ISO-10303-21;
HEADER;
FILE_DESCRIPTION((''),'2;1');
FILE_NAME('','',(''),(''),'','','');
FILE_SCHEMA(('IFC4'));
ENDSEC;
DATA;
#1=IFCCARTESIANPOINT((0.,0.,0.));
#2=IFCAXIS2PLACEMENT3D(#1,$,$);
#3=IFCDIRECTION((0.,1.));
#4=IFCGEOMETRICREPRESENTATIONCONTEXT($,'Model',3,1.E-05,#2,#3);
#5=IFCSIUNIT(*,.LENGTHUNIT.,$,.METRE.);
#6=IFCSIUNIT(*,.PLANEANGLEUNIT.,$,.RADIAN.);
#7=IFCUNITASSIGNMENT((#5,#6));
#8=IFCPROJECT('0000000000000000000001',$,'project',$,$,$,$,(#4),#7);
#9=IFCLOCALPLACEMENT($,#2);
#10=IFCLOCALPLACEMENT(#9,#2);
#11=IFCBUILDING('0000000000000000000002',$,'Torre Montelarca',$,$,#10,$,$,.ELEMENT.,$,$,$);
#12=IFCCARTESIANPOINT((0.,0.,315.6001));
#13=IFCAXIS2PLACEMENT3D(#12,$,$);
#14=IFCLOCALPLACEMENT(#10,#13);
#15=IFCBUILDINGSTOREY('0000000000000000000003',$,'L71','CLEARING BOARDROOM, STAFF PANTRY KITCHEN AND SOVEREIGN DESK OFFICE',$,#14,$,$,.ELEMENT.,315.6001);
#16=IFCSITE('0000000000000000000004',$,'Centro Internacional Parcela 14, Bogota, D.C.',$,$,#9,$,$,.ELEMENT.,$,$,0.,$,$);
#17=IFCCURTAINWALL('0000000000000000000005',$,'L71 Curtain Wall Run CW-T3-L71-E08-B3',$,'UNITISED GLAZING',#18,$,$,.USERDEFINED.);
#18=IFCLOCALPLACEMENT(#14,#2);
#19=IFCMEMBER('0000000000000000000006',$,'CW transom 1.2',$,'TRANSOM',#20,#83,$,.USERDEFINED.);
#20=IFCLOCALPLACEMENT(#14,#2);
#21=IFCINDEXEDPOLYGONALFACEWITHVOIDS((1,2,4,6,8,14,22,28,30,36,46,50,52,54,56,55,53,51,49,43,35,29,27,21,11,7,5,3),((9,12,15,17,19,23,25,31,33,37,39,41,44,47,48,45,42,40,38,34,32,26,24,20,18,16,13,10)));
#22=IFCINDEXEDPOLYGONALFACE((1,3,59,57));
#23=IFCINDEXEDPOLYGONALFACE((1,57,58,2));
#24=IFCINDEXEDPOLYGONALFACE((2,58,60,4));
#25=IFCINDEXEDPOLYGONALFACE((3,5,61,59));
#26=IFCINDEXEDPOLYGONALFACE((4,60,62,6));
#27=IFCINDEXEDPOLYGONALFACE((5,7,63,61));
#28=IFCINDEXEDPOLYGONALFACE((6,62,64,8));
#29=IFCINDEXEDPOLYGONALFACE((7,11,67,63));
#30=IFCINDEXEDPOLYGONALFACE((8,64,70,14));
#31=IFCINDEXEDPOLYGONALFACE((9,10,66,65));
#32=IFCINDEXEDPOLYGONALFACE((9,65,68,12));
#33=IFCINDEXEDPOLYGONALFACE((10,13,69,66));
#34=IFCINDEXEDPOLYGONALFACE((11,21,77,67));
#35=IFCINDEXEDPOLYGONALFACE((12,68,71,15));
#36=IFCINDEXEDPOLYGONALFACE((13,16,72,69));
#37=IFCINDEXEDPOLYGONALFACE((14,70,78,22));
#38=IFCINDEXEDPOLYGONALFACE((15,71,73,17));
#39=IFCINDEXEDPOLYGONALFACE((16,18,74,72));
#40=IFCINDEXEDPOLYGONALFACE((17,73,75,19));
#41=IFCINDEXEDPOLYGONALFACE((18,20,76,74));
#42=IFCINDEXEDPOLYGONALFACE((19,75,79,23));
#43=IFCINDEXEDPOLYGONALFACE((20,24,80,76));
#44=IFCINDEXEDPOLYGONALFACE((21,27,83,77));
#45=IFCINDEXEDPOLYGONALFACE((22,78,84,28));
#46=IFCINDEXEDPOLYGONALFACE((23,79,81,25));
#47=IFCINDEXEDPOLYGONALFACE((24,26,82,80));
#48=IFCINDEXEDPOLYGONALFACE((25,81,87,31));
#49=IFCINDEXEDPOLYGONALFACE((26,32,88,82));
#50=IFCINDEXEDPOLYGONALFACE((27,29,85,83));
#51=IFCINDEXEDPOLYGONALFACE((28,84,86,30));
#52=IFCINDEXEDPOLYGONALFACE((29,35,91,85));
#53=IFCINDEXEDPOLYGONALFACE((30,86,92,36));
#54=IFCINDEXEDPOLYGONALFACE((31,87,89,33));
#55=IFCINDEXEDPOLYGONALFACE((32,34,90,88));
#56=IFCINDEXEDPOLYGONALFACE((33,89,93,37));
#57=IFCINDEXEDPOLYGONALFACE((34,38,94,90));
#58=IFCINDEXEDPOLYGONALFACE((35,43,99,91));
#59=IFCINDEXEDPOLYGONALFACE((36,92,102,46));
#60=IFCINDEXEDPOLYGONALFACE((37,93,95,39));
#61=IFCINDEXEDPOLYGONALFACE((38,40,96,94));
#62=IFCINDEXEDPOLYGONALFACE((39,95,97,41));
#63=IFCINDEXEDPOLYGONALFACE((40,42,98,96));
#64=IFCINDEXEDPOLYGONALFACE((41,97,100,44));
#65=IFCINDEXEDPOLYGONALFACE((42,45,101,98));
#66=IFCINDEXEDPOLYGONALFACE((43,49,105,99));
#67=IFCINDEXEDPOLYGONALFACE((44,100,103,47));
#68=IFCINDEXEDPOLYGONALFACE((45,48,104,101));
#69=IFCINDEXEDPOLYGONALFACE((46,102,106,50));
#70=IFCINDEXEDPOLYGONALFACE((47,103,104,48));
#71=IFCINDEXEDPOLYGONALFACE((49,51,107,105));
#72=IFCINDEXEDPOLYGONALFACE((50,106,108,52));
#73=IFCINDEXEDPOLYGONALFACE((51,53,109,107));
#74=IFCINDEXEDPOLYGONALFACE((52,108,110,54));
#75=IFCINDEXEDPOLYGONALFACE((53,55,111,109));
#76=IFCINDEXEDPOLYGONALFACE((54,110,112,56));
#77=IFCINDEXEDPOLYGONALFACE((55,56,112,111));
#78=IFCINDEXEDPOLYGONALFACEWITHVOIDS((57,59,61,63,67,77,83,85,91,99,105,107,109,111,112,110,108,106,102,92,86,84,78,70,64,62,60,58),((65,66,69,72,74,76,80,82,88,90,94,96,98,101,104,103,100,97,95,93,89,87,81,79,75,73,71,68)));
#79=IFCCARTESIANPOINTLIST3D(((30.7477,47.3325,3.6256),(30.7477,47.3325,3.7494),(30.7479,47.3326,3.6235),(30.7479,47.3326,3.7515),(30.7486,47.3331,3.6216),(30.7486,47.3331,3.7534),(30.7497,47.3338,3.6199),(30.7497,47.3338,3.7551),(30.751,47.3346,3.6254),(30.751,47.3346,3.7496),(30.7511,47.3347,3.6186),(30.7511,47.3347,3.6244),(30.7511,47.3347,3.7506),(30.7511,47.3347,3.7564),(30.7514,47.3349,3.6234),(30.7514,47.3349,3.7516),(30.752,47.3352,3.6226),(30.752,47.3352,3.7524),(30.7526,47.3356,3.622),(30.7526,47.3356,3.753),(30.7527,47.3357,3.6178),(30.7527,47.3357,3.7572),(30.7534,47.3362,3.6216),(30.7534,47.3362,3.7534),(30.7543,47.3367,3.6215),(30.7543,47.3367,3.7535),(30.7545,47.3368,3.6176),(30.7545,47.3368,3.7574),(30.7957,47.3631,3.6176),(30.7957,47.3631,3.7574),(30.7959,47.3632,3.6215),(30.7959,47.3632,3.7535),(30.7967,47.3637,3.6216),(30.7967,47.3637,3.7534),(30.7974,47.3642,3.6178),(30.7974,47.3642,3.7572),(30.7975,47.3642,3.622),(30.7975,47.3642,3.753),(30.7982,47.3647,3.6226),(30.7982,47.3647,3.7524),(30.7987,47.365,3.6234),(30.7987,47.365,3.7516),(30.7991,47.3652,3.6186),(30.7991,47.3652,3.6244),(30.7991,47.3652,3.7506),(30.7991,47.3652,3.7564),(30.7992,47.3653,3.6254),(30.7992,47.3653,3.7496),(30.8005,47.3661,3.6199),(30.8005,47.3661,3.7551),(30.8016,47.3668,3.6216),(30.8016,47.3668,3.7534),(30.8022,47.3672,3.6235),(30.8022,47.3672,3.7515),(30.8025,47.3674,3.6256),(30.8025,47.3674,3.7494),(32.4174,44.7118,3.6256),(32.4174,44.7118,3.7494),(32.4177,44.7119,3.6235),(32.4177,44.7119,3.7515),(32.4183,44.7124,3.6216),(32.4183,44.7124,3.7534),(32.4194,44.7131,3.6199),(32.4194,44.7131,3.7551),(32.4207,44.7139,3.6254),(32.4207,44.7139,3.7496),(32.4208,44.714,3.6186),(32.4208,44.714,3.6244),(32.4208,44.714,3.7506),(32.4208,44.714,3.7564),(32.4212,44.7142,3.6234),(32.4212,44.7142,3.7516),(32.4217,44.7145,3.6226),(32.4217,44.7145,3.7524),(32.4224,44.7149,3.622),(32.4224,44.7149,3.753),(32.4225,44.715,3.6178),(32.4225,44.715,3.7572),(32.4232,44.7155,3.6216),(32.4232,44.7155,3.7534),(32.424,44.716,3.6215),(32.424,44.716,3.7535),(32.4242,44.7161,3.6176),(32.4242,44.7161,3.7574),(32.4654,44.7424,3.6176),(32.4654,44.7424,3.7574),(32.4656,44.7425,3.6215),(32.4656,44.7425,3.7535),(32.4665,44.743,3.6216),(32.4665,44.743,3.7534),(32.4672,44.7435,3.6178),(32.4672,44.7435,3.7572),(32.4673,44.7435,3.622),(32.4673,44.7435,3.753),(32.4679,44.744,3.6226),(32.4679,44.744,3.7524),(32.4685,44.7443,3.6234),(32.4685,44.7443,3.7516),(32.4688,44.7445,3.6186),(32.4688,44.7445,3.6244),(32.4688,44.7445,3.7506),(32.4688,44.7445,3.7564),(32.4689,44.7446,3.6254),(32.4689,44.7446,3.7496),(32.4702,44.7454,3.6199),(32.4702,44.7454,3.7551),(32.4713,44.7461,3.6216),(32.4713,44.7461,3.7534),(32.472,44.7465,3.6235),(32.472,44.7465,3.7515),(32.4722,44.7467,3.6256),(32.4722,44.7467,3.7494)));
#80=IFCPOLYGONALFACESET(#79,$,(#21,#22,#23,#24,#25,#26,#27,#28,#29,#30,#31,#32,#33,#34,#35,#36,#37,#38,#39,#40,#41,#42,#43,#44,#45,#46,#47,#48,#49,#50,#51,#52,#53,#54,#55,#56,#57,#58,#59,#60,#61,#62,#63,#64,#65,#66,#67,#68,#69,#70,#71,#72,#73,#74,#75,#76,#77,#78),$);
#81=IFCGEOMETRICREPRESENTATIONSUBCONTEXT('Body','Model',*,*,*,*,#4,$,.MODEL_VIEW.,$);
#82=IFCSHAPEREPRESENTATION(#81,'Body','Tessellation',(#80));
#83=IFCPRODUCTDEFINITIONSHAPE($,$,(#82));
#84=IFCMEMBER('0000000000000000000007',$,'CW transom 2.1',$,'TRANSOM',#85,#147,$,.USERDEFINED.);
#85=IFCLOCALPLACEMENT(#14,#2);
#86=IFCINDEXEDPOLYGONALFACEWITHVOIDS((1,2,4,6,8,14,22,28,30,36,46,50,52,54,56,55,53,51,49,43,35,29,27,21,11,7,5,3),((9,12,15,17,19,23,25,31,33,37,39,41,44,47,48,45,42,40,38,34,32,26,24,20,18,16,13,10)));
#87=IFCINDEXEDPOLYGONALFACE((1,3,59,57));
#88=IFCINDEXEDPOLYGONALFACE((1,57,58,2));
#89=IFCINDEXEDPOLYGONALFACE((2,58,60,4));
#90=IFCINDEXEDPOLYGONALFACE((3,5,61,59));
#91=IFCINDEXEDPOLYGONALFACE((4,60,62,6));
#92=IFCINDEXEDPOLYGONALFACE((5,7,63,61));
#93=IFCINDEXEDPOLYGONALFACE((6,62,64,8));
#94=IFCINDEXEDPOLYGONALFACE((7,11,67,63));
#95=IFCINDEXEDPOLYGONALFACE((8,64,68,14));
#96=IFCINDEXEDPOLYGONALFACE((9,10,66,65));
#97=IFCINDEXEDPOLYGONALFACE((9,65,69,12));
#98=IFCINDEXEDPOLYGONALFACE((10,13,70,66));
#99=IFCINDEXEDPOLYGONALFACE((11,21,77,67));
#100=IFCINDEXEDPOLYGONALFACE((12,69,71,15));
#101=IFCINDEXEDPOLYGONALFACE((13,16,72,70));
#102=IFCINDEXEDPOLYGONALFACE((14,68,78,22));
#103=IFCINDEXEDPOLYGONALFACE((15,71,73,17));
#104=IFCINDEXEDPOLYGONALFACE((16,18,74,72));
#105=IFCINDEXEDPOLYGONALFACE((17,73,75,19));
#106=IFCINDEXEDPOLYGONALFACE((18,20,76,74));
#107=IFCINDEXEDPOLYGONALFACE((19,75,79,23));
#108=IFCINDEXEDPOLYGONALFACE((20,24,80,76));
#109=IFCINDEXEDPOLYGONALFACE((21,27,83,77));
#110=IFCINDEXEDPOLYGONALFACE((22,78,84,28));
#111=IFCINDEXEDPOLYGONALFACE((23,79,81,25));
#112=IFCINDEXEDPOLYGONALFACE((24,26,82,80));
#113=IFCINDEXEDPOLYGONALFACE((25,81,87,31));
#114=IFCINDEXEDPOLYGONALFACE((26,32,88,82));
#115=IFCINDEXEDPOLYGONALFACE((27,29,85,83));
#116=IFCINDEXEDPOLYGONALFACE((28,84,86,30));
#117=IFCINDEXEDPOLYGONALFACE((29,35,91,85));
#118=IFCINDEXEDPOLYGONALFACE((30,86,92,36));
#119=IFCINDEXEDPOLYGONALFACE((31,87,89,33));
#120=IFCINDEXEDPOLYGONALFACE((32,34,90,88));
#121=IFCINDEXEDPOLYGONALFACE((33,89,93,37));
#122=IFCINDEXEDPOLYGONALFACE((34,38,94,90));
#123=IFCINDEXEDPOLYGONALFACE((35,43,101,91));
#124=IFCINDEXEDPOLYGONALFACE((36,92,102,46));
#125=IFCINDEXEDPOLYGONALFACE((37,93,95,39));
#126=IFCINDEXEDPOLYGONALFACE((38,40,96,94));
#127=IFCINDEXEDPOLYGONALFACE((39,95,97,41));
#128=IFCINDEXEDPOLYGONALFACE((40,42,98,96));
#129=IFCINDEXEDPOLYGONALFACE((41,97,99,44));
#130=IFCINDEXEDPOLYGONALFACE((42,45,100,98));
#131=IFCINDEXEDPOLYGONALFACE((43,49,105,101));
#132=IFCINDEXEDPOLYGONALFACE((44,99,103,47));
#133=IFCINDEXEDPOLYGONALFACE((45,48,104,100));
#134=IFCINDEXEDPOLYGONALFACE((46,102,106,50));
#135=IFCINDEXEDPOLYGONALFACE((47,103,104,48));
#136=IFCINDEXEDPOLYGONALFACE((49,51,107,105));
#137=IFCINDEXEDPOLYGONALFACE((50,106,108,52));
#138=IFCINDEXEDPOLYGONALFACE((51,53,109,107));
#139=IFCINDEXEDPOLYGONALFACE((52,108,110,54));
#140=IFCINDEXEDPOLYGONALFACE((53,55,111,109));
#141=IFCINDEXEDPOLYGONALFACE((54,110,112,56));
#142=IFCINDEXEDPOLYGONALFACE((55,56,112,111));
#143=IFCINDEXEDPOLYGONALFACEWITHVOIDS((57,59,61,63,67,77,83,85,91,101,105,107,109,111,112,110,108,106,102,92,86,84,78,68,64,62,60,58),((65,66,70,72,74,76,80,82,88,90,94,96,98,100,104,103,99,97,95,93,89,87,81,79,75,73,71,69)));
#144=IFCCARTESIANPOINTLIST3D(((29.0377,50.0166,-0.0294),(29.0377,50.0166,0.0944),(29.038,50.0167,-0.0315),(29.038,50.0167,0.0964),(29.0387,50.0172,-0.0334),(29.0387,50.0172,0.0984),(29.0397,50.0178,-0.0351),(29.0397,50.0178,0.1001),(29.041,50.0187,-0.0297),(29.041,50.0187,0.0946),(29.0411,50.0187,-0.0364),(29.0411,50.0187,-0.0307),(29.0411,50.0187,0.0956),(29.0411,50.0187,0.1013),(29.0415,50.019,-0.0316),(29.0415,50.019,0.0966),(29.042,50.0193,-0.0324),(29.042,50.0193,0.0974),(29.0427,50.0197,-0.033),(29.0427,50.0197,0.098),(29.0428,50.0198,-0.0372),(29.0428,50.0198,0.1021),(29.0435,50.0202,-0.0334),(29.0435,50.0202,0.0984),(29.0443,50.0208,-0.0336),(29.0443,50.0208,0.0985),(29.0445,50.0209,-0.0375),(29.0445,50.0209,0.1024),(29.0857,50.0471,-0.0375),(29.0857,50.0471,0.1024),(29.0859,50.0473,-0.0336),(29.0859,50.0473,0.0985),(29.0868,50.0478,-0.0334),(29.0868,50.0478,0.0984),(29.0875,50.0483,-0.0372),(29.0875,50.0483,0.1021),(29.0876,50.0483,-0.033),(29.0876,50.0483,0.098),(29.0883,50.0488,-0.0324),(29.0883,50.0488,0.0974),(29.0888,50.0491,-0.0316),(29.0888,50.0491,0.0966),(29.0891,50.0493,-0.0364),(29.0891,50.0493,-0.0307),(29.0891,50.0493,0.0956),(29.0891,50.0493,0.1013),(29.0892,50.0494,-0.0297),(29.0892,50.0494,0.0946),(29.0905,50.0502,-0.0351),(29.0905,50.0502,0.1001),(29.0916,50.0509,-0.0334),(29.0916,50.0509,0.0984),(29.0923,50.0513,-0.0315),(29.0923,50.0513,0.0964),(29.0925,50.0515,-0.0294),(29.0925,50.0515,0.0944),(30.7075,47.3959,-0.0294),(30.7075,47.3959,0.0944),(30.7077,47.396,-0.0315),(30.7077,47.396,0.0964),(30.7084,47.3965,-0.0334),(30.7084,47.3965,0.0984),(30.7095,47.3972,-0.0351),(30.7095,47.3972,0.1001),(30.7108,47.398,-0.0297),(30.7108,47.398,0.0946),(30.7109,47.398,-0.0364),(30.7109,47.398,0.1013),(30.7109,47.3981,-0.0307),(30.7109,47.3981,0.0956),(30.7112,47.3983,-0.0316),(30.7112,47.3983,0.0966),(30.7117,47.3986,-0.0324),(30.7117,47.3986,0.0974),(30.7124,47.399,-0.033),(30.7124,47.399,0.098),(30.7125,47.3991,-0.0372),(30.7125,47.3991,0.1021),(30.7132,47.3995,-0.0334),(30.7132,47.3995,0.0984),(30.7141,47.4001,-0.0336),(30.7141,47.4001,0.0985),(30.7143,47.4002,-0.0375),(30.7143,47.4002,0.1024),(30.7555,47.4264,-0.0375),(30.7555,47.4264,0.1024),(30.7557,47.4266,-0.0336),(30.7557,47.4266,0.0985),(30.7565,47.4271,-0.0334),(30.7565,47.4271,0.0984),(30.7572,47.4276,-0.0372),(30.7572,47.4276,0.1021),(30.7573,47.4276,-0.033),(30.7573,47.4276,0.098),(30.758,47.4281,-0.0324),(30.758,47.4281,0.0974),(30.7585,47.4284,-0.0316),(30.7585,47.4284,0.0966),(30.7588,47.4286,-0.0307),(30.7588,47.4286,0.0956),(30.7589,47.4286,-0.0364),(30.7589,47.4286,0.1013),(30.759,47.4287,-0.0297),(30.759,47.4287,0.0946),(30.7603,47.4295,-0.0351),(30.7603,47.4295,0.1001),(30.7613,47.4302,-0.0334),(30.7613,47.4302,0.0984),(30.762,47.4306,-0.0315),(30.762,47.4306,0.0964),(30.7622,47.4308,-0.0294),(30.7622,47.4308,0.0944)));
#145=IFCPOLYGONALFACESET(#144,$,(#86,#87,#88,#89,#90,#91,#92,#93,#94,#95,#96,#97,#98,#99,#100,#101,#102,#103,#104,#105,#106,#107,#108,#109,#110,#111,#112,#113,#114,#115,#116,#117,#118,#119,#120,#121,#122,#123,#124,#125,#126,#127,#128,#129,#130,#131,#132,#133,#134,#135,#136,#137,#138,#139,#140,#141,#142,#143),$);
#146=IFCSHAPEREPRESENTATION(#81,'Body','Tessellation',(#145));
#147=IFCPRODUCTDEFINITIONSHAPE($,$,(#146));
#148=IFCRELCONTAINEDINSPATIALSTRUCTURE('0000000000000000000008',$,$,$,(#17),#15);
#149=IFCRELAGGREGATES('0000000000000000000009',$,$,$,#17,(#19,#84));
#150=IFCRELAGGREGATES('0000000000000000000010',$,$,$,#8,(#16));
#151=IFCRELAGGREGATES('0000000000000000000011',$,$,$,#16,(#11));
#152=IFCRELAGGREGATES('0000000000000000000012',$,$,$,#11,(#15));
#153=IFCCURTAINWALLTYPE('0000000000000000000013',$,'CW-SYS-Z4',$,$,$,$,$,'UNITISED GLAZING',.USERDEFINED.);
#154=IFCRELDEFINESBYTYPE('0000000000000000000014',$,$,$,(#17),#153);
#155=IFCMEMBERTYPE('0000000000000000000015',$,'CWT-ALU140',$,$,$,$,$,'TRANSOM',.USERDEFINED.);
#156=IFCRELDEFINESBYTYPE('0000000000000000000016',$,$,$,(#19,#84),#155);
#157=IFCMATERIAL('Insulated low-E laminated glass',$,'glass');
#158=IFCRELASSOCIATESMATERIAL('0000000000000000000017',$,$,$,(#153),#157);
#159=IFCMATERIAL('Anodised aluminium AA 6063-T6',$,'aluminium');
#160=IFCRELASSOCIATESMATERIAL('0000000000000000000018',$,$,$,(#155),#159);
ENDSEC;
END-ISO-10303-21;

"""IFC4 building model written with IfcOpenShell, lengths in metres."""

from ifc_helpers import new_model, si_unit, direction, frame, origin, origin_2d, place, context, subcontext, project, spatial, hollow_rectangle, extrude, source, transform, mapped, material, material_profile, profile_set, type_object, element, aggregate, save


model = new_model("IFC4")

# Units and contexts
model_context = context("Model", 3, precision=1e-05, world=origin(), true_north=direction((0.0, 1.0)))
body_context = subcontext(model_context, "Body", "Model", "MODEL_VIEW")
ifc_project = project(units=[si_unit("LENGTHUNIT", "METRE"), si_unit("PLANEANGLEUNIT", "RADIAN")], contexts=[model_context])

# Site, building, storey
site_placement = place(None, origin())
site = spatial("IfcSite", under=ifc_project, at=site_placement, Name="Centro Internacional Parcela 14, Bogota, D.C.", CompositionType="ELEMENT", RefElevation=0.0)
building_placement = place(site_placement, origin())
building = spatial("IfcBuilding", under=site, at=building_placement, Name="Torre Montelarca", CompositionType="ELEMENT")
storey_placement = place(building_placement, frame((0.0, 0.0, 315.6001)))
storey = spatial("IfcBuildingStorey", under=building, at=storey_placement, Name="L71", Description="CLEARING BOARDROOM, STAFF PANTRY KITCHEN AND SOVEREIGN DESK OFFICE", CompositionType="ELEMENT", Elevation=315.6001)

# Shared definitions
ifc_material_1 = material(Name="Insulated low-E laminated glass", Category="glass")
curtain_wall_type = type_object("IfcCurtainWallType", Name="CW-SYS-Z4", ElementType="UNITISED GLAZING", PredefinedType="USERDEFINED", material=ifc_material_1)
ifc_material_2 = material(Name="Anodised aluminium AA 6063-T6", Category="aluminium")

# Curtain wall
curtain_wall_1_placement = place(storey_placement, origin())
curtain_wall_1 = element("IfcCurtainWall", 1, at=curtain_wall_1_placement, inside=storey, type_object=curtain_wall_type, Name="L71 Curtain Wall Run CW-T3-L71-E08-B3", ObjectType="UNITISED GLAZING", PredefinedType="USERDEFINED")

# Members
ifc_material_profile_1 = material_profile(ifc_material_2, hollow_rectangle(XDim=0.0649, YDim=0.1399, WallThickness=0.0039, InnerFilletRadius=0.0039, OuterFilletRadius=0.0081, at=origin_2d()), Name="ALU65X140X4", Category="aluminium")
ifc_profile_set_1 = profile_set([ifc_material_profile_1], Name="Anodised aluminium AA 6063-T6")
member_type_1 = type_object("IfcMemberType", Name="CWT-ALU140", ElementType="TRANSOM", PredefinedType="USERDEFINED", material=ifc_profile_set_1)
shared_shape_1 = source(origin(), body_context, "Body", "SweptSolid", [
    extrude(hollow_rectangle(XDim=0.0649, YDim=0.1399, WallThickness=0.0039, InnerFilletRadius=0.0039, OuterFilletRadius=0.0081, at=origin_2d()), origin(), (0.0, 0.0, 1.0), 3.1074),
])
member_1_placement = place(storey_placement, frame((32.4448, 44.7292, 3.6875), z_axis=(-0.537338, 0.843367, 0.0), x_axis=(-0.843367, -0.537338, 0.0)))
member_1 = element("IfcMember", 2, at=member_1_placement, type_object=member_type_1, Name="CW transom 1.2", ObjectType="TRANSOM", PredefinedType="USERDEFINED", context=body_context, shape_type="MappedRepresentation", body=[
    mapped(shared_shape_1, transform((0.0, 0.0, 0.0), scale=1.0)),
])
member_2_placement = place(storey_placement, frame((30.7349, 47.4133, 0.0325), z_axis=(-0.537338, 0.843367, 0.0), x_axis=(-0.843367, -0.537338, 0.0)))
member_2 = element("IfcMember", 3, at=member_2_placement, type_object=member_type_1, Name="CW transom 2.1", ObjectType="TRANSOM", PredefinedType="USERDEFINED", context=body_context, shape_type="MappedRepresentation", body=[
    mapped(shared_shape_1, transform((0.0, 0.0, 0.0), scale=1.0)),
])

aggregate(curtain_wall_1, [member_1, member_2])

save(model, "model.ifc")
